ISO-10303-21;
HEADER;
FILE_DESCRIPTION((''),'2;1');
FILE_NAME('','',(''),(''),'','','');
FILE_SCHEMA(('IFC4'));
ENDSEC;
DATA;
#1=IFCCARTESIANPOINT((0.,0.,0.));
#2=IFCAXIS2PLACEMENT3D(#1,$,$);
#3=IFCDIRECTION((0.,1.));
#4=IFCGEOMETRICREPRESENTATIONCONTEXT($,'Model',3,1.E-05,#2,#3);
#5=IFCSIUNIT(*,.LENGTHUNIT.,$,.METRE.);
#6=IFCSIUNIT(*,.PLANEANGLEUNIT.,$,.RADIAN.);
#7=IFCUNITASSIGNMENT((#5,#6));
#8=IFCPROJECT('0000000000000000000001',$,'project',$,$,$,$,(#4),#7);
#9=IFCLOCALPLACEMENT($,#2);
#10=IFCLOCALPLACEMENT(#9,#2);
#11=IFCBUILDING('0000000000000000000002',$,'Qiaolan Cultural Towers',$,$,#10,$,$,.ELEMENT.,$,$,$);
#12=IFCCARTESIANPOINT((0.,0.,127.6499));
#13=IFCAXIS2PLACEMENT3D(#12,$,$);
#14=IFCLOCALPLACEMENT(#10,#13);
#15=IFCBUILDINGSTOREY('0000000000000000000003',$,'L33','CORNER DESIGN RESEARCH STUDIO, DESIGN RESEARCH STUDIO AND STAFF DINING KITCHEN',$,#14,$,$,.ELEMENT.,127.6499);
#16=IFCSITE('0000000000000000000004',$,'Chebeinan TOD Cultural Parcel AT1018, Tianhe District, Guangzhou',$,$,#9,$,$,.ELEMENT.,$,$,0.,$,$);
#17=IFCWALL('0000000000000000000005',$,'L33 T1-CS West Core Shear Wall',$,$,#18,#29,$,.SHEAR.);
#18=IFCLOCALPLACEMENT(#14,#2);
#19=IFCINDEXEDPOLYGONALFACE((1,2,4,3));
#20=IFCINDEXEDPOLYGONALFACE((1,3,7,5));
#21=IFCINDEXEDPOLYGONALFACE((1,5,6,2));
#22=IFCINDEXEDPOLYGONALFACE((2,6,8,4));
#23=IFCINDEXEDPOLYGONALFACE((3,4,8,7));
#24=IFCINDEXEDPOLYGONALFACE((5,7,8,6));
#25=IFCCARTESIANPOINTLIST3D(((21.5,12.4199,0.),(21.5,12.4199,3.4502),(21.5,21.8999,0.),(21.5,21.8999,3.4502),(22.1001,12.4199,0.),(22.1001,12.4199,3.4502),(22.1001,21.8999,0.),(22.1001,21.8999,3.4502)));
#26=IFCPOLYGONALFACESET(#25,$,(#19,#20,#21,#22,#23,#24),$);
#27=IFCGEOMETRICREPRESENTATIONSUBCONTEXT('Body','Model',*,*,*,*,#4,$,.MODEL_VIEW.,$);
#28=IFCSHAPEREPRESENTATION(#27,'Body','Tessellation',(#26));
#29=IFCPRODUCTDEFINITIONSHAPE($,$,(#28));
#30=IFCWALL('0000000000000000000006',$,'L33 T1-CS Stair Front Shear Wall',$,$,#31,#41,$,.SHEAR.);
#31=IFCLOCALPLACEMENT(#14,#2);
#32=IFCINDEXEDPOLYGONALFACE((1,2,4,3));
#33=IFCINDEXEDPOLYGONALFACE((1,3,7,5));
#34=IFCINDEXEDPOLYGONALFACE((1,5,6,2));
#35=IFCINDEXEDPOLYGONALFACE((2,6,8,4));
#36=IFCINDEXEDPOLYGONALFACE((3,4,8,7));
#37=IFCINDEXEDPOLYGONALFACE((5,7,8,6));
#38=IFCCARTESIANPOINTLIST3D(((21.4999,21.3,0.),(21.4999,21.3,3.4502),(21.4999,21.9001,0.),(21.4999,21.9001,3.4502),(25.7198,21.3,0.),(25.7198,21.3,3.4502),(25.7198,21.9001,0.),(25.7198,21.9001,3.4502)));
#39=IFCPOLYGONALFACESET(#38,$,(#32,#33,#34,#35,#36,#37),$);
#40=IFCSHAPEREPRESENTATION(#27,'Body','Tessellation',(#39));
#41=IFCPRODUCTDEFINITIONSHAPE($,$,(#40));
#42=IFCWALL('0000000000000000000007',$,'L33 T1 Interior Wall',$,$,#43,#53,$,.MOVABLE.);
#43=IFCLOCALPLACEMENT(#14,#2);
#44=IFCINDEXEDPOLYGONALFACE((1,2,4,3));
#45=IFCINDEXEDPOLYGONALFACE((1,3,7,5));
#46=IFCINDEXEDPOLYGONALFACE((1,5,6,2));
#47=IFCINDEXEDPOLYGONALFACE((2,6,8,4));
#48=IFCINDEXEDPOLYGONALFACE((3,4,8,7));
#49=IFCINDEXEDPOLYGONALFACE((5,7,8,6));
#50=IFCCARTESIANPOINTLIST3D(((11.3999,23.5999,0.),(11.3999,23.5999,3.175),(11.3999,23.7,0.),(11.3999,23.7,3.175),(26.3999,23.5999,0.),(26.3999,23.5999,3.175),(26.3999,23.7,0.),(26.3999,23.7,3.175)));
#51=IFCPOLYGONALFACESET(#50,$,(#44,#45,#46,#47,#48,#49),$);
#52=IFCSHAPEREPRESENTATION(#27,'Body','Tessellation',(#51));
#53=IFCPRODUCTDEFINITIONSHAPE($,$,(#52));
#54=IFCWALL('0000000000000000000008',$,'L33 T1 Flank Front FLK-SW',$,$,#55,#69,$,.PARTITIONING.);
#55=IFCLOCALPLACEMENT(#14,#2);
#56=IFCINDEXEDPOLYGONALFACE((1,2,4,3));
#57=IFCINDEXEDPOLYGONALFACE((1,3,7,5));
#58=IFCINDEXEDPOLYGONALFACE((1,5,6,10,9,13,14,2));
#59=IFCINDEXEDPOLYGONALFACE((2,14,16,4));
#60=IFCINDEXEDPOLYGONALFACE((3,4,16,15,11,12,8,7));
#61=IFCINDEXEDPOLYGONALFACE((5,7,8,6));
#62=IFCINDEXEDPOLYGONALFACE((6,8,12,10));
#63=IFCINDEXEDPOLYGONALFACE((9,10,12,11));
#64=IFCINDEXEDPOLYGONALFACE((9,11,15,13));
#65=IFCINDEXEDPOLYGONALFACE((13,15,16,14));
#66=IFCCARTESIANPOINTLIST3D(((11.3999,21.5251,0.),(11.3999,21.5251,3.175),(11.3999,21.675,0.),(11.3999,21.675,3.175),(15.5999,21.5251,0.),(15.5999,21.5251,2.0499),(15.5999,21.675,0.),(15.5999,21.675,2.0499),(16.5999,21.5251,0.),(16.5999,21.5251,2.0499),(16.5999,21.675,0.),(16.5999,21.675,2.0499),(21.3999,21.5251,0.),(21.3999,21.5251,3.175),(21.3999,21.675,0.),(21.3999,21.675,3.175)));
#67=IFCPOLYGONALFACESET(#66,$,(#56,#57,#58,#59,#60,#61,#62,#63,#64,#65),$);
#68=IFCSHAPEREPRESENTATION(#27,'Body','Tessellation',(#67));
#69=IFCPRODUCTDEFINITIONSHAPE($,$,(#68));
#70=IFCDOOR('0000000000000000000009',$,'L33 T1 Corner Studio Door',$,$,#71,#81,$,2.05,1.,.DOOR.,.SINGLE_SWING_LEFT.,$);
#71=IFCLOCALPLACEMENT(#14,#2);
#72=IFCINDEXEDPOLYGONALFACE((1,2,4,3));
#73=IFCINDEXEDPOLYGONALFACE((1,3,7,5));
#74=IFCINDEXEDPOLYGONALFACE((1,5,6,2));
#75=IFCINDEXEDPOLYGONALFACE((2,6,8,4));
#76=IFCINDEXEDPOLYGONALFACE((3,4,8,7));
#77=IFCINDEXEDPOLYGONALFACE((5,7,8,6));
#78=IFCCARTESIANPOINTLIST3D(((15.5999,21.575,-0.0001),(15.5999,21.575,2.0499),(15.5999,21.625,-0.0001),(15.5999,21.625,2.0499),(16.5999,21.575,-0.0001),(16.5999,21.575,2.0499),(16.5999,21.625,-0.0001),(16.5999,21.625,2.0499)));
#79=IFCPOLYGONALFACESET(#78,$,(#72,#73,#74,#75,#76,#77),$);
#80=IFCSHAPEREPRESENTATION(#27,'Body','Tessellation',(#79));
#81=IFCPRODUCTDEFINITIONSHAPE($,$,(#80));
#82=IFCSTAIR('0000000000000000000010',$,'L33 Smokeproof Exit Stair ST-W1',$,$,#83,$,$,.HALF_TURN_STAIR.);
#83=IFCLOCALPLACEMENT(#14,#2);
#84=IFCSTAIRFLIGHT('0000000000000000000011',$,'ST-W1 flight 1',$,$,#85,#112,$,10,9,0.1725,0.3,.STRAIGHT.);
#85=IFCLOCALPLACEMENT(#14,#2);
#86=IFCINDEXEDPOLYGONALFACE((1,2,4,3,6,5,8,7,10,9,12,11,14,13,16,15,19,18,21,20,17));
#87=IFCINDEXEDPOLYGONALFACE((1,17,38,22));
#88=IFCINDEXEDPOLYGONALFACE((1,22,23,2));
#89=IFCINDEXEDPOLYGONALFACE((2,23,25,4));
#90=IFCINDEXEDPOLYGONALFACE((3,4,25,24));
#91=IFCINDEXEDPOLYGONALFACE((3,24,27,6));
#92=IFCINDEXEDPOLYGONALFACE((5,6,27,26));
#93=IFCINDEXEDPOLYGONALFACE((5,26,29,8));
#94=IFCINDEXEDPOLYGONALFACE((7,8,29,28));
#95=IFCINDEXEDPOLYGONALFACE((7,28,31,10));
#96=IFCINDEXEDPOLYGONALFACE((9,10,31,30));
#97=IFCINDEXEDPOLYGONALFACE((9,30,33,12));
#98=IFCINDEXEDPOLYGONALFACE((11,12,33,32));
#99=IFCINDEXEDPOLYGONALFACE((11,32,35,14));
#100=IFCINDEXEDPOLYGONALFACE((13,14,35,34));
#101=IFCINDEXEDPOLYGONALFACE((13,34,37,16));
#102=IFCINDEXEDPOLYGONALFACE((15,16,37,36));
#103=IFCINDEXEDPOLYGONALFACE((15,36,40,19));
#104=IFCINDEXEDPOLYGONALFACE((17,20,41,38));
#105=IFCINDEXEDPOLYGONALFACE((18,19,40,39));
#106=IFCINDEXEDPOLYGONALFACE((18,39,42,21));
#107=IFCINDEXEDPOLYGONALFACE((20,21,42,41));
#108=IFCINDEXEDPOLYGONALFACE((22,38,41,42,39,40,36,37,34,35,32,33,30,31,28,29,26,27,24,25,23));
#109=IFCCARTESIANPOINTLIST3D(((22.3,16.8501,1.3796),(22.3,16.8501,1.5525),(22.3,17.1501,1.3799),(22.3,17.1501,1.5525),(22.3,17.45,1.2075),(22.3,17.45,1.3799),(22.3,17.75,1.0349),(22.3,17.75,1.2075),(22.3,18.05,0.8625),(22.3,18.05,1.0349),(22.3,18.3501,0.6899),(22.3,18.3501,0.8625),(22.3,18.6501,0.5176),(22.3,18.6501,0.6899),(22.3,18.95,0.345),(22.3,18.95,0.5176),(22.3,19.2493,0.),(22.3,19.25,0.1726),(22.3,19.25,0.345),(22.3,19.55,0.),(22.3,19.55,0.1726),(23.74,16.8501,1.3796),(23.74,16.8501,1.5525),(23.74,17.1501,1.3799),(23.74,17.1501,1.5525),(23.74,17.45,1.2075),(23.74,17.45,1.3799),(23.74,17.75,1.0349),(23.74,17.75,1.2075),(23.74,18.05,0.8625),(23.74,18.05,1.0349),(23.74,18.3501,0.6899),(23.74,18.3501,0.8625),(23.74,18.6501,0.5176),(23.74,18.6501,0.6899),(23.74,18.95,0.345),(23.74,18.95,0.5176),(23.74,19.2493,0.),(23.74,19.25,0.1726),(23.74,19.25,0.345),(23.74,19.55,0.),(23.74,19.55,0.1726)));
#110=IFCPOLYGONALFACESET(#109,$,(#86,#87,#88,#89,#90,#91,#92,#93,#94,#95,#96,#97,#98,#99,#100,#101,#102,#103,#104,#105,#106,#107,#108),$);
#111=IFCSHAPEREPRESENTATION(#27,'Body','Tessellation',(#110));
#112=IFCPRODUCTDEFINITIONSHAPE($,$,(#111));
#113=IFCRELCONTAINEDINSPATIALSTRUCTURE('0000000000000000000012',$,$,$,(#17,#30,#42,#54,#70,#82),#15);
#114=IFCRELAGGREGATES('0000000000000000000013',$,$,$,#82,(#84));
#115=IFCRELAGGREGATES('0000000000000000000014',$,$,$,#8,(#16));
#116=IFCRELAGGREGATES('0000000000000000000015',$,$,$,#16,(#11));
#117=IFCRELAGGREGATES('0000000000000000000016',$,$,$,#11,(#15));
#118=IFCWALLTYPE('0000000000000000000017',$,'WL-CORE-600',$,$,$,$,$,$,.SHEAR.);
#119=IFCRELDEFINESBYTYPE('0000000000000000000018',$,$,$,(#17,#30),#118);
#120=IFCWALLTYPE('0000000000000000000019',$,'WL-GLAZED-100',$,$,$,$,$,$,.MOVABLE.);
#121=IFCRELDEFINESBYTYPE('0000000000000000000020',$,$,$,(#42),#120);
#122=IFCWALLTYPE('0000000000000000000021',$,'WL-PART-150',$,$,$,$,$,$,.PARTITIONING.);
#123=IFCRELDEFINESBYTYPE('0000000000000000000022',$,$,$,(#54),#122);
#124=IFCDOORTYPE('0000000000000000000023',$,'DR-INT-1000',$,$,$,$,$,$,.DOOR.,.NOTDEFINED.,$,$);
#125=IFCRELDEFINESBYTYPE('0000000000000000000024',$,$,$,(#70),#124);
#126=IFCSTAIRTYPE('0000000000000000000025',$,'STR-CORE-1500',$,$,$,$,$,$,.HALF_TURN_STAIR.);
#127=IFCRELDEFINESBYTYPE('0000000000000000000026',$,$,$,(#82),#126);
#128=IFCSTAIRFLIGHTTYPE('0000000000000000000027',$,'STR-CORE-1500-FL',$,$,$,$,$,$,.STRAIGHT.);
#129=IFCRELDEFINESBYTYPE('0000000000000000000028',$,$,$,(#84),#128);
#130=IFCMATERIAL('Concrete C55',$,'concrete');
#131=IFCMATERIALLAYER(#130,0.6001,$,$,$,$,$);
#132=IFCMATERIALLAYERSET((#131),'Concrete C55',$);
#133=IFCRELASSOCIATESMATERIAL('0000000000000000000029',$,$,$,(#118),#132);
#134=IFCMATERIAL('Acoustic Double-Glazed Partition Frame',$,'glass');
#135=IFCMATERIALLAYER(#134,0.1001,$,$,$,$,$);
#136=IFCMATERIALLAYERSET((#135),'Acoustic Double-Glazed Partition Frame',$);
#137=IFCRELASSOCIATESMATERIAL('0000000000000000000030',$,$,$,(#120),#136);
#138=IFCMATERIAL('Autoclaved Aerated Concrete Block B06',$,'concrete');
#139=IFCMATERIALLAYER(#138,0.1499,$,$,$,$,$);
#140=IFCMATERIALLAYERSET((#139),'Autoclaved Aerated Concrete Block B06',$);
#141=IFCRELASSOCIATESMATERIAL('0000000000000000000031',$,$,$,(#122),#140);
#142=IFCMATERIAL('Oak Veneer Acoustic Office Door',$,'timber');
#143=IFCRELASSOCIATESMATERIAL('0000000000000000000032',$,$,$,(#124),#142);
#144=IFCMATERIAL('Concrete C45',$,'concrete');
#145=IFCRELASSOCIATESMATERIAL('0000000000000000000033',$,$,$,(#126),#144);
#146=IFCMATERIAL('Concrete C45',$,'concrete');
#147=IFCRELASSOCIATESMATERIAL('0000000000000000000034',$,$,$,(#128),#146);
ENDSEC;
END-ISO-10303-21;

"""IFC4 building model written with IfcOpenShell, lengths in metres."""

from ifc_helpers import new_model, si_unit, direction, frame, frame_2d, origin, place, context, subcontext, project, spatial, polyline, rectangle, outline, extrude, material, layer, layer_set, type_object, element, fill, aggregate, save


model = new_model("IFC4")

# Units and contexts
model_context = context("Model", 3, precision=1e-05, world=origin(), true_north=direction((0.0, 1.0)))
body_context = subcontext(model_context, "Body", "Model", "MODEL_VIEW")
ifc_project = project(units=[si_unit("LENGTHUNIT", "METRE"), si_unit("PLANEANGLEUNIT", "RADIAN")], contexts=[model_context])

# Site, building, storey
site_placement = place(None, origin())
site = spatial("IfcSite", under=ifc_project, at=site_placement, Name="Chebeinan TOD Cultural Parcel AT1018, Tianhe District, Guangzhou", CompositionType="ELEMENT", RefElevation=0.0)
building_placement = place(site_placement, origin())
building = spatial("IfcBuilding", under=site, at=building_placement, Name="Qiaolan Cultural Towers", CompositionType="ELEMENT")
storey_placement = place(building_placement, frame((0.0, 0.0, 127.6499)))
storey = spatial("IfcBuildingStorey", under=building, at=storey_placement, Name="L33", Description="CORNER DESIGN RESEARCH STUDIO, DESIGN RESEARCH STUDIO AND STAFF DINING KITCHEN", CompositionType="ELEMENT", Elevation=127.6499)

# Walls
ifc_material_1 = material(Name="Concrete C55", Category="concrete")
ifc_layer_1 = layer(ifc_material_1, 0.6001)
ifc_layer_set_1 = layer_set([ifc_layer_1], Name="Concrete C55")
wall_type_1 = type_object("IfcWallType", Name="WL-CORE-600", PredefinedType="SHEAR", material=ifc_layer_set_1)
wall_1_placement = place(storey_placement, frame((21.8, 21.8999, 0.0), z_axis=(0.0, 0.0, 1.0), x_axis=(0.0, -1.0, 0.0)))
element("IfcWall", 1, at=wall_1_placement, inside=storey, type_object=wall_type_1, Name="L33 T1-CS West Core Shear Wall", PredefinedType="SHEAR", context=body_context, shape_type="SweptSolid", body=[
    extrude(rectangle(XDim=9.48, YDim=0.6001, at=frame_2d((4.74, 0.0))), origin(), (0.0, 0.0, 1.0), 3.4502),
])
wall_2_placement = place(storey_placement, frame((21.5, 21.6001, 0.0), z_axis=(0.0, 0.0, 1.0), x_axis=(1.0, 0.0, 0.0)))
element("IfcWall", 2, at=wall_2_placement, inside=storey, type_object=wall_type_1, Name="L33 T1-CS Stair Front Shear Wall", PredefinedType="SHEAR", context=body_context, shape_type="SweptSolid", body=[
    extrude(rectangle(XDim=4.22, YDim=0.6001, at=frame_2d((2.1099, 0.0))), origin(), (0.0, 0.0, 1.0), 3.4502),
])
ifc_material_2 = material(Name="Acoustic Double-Glazed Partition Frame", Category="glass")
ifc_layer_2 = layer(ifc_material_2, 0.1001)
ifc_layer_set_2 = layer_set([ifc_layer_2], Name="Acoustic Double-Glazed Partition Frame")
wall_type_2 = type_object("IfcWallType", Name="WL-GLAZED-100", PredefinedType="MOVABLE", material=ifc_layer_set_2)
wall_3_placement = place(storey_placement, frame((11.3999, 23.6499, 0.0), z_axis=(0.0, 0.0, 1.0), x_axis=(1.0, 0.0, 0.0)))
element("IfcWall", 3, at=wall_3_placement, inside=storey, type_object=wall_type_2, Name="L33 T1 Interior Wall", PredefinedType="MOVABLE", context=body_context, shape_type="SweptSolid", body=[
    extrude(rectangle(XDim=15.0, YDim=0.1001, at=frame_2d((7.5, 0.0))), origin(), (0.0, 0.0, 1.0), 3.175),
])

# Wall, opening, door
ifc_material_3 = material(Name="Autoclaved Aerated Concrete Block B06", Category="concrete")
ifc_layer_3 = layer(ifc_material_3, 0.1499)
ifc_layer_set_3 = layer_set([ifc_layer_3], Name="Autoclaved Aerated Concrete Block B06")
wall_type_3 = type_object("IfcWallType", Name="WL-PART-150", PredefinedType="PARTITIONING", material=ifc_layer_set_3)
wall_4_placement = place(storey_placement, frame((11.3999, 21.6001, 0.0), z_axis=(0.0, 0.0, 1.0), x_axis=(1.0, 0.0, 0.0)))
wall_4 = element("IfcWall", 4, at=wall_4_placement, inside=storey, type_object=wall_type_3, Name="L33 T1 Flank Front FLK-SW", PredefinedType="PARTITIONING", context=body_context, shape_type="SweptSolid", body=[
    extrude(rectangle(XDim=10.0, YDim=0.1499, at=frame_2d((5.0, 0.0))), origin(), (0.0, 0.0, 1.0), 3.175),
])
opening_placement = place(wall_4_placement, frame((4.2, 0.0, 0.0)))
opening = element("IfcOpeningElement", 5, at=opening_placement, cuts=wall_4, PredefinedType="OPENING", context=body_context, shape_type="SweptSolid", body=[
    extrude(rectangle(XDim=1.0, YDim=2.05, at=frame_2d((0.5, 1.0249))), frame((0.0, 0.085, 0.0), z_axis=(0.0, -1.0, 0.0), x_axis=(1.0, 0.0, 0.0)), (0.0, 0.0, 1.0), 0.1699),
])
ifc_material_4 = material(Name="Oak Veneer Acoustic Office Door", Category="timber")
door_type = type_object("IfcDoorType", Name="DR-INT-1000", OperationType="NOTDEFINED", PredefinedType="DOOR", material=ifc_material_4)
door_placement = place(opening_placement, origin())
door = element("IfcDoor", 6, at=door_placement, inside=storey, type_object=door_type, Name="L33 T1 Corner Studio Door", OperationType="SINGLE_SWING_LEFT", OverallHeight=2.05, OverallWidth=1.0, PredefinedType="DOOR", context=body_context, shape_type="SweptSolid", body=[
    extrude(rectangle(XDim=1.0, YDim=2.05, at=frame_2d((0.5, 1.0249))), frame((0.0, 0.0249, 0.0), z_axis=(0.0, -1.0, 0.0), x_axis=(1.0, 0.0, 0.0)), (0.0, 0.0, 1.0), 0.05),
])
fill(opening, door)

# Stair, stair flight
ifc_material_5 = material(Name="Concrete C45", Category="concrete")
stair_type = type_object("IfcStairType", Name="STR-CORE-1500", PredefinedType="HALF_TURN_STAIR", material=ifc_material_5)
stair_placement = place(storey_placement, origin())
stair = element("IfcStair", 7, at=stair_placement, inside=storey, type_object=stair_type, Name="L33 Smokeproof Exit Stair ST-W1", PredefinedType="HALF_TURN_STAIR")
ifc_material_6 = material(Name="Concrete C45", Category="concrete")
stair_flight_type = type_object("IfcStairFlightType", Name="STR-CORE-1500-FL", PredefinedType="STRAIGHT", material=ifc_material_6)
stair_flight_placement = place(storey_placement, frame((23.02, 19.55, 0.0), z_axis=(0.0, 0.0, 1.0), x_axis=(0.0, -1.0, 0.0)))
stair_flight = element("IfcStairFlight", 8, at=stair_flight_placement, type_object=stair_flight_type, Name="ST-W1 flight 1", NumberOfRisers=10, NumberOfTreads=9, PredefinedType="STRAIGHT", RiserHeight=0.1725, TreadLength=0.3, context=body_context, shape_type="SweptSolid", body=[
    extrude(outline(polyline([(0.0, 0.0), (0.0, 0.1726), (0.3, 0.1726), (0.3, 0.345), (0.6001, 0.345), (0.6001, 0.5176), (0.8999, 0.5176), (0.8999, 0.6899), (1.2, 0.6899), (1.2, 0.8625), (1.5, 0.8625), (1.5, 1.0349), (1.8, 1.0349), (1.8, 1.2075), (2.1001, 1.2075), (2.1001, 1.3799), (2.3999, 1.3799), (2.3999, 1.5525), (2.7, 1.5525), (2.7, 1.7251), (2.7, 1.3796), (0.3008, 0.0), (0.0, 0.0)])), frame((0.0, 0.72, 0.0), z_axis=(0.0, -1.0, 0.0), x_axis=(1.0, 0.0, 0.0)), (0.0, 0.0, 1.0), 1.4399),
])
aggregate(stair, [stair_flight])

save(model, "model.ifc")
